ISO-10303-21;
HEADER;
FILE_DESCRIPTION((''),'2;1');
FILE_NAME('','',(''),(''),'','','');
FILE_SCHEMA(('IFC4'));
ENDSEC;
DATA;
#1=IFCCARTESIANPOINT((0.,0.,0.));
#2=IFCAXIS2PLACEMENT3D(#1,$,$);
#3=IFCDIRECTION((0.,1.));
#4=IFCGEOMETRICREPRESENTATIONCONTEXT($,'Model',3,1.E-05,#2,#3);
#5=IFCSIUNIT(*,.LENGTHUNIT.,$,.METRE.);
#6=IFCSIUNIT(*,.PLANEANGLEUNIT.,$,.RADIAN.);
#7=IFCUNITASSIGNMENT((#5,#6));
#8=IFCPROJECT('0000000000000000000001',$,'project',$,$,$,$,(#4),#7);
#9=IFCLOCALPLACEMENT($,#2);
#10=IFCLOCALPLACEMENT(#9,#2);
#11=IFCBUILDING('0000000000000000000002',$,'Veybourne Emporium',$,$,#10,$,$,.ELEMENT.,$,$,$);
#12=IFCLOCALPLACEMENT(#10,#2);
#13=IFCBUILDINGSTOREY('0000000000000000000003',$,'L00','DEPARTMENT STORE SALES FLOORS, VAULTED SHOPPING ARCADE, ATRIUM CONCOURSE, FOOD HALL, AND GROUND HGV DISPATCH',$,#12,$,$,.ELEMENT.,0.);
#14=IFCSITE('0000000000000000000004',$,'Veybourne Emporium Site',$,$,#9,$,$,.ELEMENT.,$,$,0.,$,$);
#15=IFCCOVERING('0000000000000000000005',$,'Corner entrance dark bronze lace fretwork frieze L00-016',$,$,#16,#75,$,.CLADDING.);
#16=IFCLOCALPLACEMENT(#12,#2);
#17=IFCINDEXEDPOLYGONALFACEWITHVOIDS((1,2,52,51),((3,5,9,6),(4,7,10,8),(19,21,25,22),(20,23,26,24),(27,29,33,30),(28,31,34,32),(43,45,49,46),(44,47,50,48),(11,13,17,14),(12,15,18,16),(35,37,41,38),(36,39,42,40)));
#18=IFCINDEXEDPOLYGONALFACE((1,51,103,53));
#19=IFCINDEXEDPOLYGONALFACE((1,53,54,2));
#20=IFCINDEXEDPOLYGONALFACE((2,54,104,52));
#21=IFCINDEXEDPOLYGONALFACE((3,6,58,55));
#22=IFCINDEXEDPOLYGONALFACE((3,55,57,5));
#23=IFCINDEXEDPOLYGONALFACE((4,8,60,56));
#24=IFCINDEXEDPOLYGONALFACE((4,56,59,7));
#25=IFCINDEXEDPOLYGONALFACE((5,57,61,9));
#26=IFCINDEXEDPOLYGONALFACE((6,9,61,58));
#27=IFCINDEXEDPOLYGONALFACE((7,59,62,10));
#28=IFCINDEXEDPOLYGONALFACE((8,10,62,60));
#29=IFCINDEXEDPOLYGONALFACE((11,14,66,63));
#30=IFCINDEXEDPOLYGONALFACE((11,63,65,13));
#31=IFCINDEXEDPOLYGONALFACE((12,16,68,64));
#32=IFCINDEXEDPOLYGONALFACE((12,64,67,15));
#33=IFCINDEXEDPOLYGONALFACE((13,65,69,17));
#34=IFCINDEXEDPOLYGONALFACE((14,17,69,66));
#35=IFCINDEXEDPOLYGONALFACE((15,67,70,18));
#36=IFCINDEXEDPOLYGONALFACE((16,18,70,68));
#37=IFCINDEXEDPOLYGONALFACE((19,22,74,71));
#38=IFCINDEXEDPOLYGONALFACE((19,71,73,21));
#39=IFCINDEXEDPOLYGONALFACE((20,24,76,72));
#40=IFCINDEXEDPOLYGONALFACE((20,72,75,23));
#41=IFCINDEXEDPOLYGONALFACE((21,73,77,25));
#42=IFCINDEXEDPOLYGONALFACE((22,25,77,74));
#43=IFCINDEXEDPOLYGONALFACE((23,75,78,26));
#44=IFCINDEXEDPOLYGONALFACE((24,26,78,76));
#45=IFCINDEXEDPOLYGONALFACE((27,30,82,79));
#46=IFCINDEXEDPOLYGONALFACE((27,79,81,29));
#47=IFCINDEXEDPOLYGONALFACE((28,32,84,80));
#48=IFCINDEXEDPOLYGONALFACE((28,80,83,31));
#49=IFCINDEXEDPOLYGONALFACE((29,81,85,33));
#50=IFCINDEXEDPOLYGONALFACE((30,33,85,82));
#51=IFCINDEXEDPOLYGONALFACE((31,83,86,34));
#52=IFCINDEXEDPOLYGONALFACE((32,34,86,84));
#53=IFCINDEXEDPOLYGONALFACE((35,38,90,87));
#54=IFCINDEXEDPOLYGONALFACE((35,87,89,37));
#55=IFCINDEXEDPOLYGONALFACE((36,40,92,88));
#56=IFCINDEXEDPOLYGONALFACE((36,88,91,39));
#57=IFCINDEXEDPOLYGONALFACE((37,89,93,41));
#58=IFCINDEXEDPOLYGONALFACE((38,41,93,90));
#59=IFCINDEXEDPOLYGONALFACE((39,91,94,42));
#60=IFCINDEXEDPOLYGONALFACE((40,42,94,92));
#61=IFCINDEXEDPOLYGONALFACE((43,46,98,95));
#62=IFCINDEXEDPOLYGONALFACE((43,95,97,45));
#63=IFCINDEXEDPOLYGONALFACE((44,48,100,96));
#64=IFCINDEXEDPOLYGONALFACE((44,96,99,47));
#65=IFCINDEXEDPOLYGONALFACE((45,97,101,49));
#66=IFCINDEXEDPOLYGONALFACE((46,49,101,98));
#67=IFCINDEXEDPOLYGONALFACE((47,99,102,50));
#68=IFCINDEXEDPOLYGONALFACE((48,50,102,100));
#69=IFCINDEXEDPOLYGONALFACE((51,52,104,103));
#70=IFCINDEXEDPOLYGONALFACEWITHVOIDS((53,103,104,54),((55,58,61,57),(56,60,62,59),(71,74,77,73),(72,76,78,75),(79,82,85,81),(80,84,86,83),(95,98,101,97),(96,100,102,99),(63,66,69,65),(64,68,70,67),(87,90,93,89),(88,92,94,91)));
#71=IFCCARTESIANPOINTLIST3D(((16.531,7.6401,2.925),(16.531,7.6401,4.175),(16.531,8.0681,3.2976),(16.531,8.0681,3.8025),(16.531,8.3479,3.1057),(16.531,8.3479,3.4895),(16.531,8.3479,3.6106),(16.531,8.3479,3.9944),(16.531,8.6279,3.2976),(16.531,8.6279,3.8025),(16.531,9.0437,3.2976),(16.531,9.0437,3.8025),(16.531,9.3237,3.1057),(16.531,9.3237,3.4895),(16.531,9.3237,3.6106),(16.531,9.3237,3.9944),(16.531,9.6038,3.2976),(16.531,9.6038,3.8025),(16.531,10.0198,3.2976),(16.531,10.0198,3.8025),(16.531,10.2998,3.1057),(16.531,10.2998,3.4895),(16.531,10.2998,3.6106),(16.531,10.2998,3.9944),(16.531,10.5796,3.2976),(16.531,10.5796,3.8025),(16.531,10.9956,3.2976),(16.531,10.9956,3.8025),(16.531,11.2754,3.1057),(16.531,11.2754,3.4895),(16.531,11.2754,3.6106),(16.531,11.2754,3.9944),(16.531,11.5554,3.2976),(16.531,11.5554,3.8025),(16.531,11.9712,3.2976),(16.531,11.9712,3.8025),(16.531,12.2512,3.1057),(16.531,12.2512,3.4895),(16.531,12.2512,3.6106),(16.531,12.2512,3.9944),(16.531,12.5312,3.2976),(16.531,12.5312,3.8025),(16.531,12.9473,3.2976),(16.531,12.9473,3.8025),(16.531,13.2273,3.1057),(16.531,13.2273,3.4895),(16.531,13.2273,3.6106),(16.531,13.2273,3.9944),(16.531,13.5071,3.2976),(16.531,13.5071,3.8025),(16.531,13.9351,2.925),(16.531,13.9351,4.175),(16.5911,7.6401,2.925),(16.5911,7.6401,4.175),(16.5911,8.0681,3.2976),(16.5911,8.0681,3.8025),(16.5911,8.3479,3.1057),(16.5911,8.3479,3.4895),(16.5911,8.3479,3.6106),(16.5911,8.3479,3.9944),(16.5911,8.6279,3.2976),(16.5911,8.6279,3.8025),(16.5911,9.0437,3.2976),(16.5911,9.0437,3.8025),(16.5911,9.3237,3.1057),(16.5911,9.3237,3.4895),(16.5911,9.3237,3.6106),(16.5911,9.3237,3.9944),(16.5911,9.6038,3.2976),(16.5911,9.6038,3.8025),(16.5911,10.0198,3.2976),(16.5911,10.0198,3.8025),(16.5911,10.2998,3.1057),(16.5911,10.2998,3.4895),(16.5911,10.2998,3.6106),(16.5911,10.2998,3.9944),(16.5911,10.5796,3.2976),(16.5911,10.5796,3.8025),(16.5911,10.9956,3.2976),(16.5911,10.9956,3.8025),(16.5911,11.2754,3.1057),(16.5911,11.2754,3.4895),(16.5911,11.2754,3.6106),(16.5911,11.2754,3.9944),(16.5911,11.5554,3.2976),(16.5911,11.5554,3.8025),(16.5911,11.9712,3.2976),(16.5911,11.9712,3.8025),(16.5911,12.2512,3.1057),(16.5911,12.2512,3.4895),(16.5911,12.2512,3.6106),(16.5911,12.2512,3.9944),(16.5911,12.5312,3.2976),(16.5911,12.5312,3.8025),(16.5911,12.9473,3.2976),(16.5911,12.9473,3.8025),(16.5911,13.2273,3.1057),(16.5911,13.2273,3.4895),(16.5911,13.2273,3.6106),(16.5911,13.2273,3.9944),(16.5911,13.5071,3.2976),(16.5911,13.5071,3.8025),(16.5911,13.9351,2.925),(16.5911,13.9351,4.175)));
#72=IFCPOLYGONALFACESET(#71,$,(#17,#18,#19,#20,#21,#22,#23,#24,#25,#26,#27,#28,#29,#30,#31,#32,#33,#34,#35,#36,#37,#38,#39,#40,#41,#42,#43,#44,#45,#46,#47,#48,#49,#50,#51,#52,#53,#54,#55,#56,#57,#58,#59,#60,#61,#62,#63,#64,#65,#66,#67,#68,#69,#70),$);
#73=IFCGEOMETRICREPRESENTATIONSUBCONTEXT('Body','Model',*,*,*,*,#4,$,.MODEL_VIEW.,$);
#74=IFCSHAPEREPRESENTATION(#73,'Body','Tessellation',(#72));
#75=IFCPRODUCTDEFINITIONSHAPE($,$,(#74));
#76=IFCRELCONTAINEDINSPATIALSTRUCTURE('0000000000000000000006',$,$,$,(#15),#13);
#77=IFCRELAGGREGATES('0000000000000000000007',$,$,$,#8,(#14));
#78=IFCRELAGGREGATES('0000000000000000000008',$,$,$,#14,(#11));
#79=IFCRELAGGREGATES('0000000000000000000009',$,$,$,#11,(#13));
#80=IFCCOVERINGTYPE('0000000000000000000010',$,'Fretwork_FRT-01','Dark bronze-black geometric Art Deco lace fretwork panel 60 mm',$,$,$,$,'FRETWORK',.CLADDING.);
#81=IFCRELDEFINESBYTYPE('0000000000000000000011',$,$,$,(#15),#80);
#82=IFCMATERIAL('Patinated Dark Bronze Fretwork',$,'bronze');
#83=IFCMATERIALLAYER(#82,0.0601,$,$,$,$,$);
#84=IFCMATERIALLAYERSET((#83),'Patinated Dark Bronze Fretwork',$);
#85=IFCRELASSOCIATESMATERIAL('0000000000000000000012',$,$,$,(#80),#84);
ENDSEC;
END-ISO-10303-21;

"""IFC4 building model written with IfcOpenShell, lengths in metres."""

from ifc_helpers import new_model, si_unit, direction, frame, origin, place, context, subcontext, project, spatial, polyline, outline, extrude, material, layer, layer_set, type_object, element, save


model = new_model("IFC4")

# Units and contexts
model_context = context("Model", 3, precision=1e-05, world=origin(), true_north=direction((0.0, 1.0)))
body_context = subcontext(model_context, "Body", "Model", "MODEL_VIEW")
ifc_project = project(units=[si_unit("LENGTHUNIT", "METRE"), si_unit("PLANEANGLEUNIT", "RADIAN")], contexts=[model_context])

# Site, building, storey
site_placement = place(None, origin())
site = spatial("IfcSite", under=ifc_project, at=site_placement, Name="Veybourne Emporium Site", CompositionType="ELEMENT", RefElevation=0.0)
building_placement = place(site_placement, origin())
building = spatial("IfcBuilding", under=site, at=building_placement, Name="Veybourne Emporium", CompositionType="ELEMENT")
storey_placement = place(building_placement, origin())
storey = spatial("IfcBuildingStorey", under=building, at=storey_placement, Name="L00", Description="DEPARTMENT STORE SALES FLOORS, VAULTED SHOPPING ARCADE, ATRIUM CONCOURSE, FOOD HALL, AND GROUND HGV DISPATCH", CompositionType="ELEMENT", Elevation=0.0)

# Covering
ifc_material_1 = material(Name="Patinated Dark Bronze Fretwork", Category="bronze")
ifc_layer_1 = layer(ifc_material_1, 0.0601)
ifc_layer_set_1 = layer_set([ifc_layer_1], Name="Patinated Dark Bronze Fretwork")
covering_type = type_object("IfcCoveringType", Name="Fretwork_FRT-01", Description="Dark bronze-black geometric Art Deco lace fretwork panel 60 mm", ElementType="FRETWORK", PredefinedType="CLADDING", material=ifc_layer_set_1)
covering_1_placement = place(storey_placement, frame((16.531, 10.7876, 3.55), z_axis=(1.0, 0.0, 0.0), x_axis=(0.0, 1.0, 0.0)))
element("IfcCovering", 1, at=covering_1_placement, inside=storey, type_object=covering_type, Name="Corner entrance dark bronze lace fretwork frieze L00-016", PredefinedType="CLADDING", context=body_context, shape_type="SweptSolid", body=[
    extrude(outline(polyline([(-3.1475, -0.625), (3.1475, -0.625), (3.1475, 0.625), (-3.1475, 0.625), (-3.1475, -0.625)]), holes=[polyline([(-2.4397, -0.0605), (-2.1597, -0.2524), (-2.4397, -0.4443), (-2.7195, -0.2524), (-2.4397, -0.0605)]), polyline([(-2.4397, 0.4443), (-2.1597, 0.2524), (-2.4397, 0.0605), (-2.7195, 0.2524), (-2.4397, 0.4443)]), polyline([(-1.4639, -0.0605), (-1.1838, -0.2524), (-1.4639, -0.4443), (-1.7439, -0.2524), (-1.4639, -0.0605)]), polyline([(-1.4639, 0.4443), (-1.1838, 0.2524), (-1.4639, 0.0605), (-1.7439, 0.2524), (-1.4639, 0.4443)]), polyline([(-0.4878, -0.0605), (-0.208, -0.2524), (-0.4878, -0.4443), (-0.7678, -0.2524), (-0.4878, -0.0605)]), polyline([(-0.4878, 0.4443), (-0.208, 0.2524), (-0.4878, 0.0605), (-0.7678, 0.2524), (-0.4878, 0.4443)]), polyline([(0.4878, -0.0605), (0.7678, -0.2524), (0.4878, -0.4443), (0.208, -0.2524), (0.4878, -0.0605)]), polyline([(0.4878, 0.4443), (0.7678, 0.2524), (0.4878, 0.0605), (0.208, 0.2524), (0.4878, 0.4443)]), polyline([(1.4636, -0.0605), (1.7437, -0.2524), (1.4636, -0.4443), (1.1836, -0.2524), (1.4636, -0.0605)]), polyline([(1.4636, 0.4443), (1.7437, 0.2524), (1.4636, 0.0605), (1.1836, 0.2524), (1.4636, 0.4443)]), polyline([(2.4397, -0.0605), (2.7195, -0.2524), (2.4397, -0.4443), (2.1597, -0.2524), (2.4397, -0.0605)]), polyline([(2.4397, 0.4443), (2.7195, 0.2524), (2.4397, 0.0605), (2.1597, 0.2524), (2.4397, 0.4443)])]), origin(), (0.0, 0.0, 1.0), 0.0601),
])

save(model, "model.ifc")
